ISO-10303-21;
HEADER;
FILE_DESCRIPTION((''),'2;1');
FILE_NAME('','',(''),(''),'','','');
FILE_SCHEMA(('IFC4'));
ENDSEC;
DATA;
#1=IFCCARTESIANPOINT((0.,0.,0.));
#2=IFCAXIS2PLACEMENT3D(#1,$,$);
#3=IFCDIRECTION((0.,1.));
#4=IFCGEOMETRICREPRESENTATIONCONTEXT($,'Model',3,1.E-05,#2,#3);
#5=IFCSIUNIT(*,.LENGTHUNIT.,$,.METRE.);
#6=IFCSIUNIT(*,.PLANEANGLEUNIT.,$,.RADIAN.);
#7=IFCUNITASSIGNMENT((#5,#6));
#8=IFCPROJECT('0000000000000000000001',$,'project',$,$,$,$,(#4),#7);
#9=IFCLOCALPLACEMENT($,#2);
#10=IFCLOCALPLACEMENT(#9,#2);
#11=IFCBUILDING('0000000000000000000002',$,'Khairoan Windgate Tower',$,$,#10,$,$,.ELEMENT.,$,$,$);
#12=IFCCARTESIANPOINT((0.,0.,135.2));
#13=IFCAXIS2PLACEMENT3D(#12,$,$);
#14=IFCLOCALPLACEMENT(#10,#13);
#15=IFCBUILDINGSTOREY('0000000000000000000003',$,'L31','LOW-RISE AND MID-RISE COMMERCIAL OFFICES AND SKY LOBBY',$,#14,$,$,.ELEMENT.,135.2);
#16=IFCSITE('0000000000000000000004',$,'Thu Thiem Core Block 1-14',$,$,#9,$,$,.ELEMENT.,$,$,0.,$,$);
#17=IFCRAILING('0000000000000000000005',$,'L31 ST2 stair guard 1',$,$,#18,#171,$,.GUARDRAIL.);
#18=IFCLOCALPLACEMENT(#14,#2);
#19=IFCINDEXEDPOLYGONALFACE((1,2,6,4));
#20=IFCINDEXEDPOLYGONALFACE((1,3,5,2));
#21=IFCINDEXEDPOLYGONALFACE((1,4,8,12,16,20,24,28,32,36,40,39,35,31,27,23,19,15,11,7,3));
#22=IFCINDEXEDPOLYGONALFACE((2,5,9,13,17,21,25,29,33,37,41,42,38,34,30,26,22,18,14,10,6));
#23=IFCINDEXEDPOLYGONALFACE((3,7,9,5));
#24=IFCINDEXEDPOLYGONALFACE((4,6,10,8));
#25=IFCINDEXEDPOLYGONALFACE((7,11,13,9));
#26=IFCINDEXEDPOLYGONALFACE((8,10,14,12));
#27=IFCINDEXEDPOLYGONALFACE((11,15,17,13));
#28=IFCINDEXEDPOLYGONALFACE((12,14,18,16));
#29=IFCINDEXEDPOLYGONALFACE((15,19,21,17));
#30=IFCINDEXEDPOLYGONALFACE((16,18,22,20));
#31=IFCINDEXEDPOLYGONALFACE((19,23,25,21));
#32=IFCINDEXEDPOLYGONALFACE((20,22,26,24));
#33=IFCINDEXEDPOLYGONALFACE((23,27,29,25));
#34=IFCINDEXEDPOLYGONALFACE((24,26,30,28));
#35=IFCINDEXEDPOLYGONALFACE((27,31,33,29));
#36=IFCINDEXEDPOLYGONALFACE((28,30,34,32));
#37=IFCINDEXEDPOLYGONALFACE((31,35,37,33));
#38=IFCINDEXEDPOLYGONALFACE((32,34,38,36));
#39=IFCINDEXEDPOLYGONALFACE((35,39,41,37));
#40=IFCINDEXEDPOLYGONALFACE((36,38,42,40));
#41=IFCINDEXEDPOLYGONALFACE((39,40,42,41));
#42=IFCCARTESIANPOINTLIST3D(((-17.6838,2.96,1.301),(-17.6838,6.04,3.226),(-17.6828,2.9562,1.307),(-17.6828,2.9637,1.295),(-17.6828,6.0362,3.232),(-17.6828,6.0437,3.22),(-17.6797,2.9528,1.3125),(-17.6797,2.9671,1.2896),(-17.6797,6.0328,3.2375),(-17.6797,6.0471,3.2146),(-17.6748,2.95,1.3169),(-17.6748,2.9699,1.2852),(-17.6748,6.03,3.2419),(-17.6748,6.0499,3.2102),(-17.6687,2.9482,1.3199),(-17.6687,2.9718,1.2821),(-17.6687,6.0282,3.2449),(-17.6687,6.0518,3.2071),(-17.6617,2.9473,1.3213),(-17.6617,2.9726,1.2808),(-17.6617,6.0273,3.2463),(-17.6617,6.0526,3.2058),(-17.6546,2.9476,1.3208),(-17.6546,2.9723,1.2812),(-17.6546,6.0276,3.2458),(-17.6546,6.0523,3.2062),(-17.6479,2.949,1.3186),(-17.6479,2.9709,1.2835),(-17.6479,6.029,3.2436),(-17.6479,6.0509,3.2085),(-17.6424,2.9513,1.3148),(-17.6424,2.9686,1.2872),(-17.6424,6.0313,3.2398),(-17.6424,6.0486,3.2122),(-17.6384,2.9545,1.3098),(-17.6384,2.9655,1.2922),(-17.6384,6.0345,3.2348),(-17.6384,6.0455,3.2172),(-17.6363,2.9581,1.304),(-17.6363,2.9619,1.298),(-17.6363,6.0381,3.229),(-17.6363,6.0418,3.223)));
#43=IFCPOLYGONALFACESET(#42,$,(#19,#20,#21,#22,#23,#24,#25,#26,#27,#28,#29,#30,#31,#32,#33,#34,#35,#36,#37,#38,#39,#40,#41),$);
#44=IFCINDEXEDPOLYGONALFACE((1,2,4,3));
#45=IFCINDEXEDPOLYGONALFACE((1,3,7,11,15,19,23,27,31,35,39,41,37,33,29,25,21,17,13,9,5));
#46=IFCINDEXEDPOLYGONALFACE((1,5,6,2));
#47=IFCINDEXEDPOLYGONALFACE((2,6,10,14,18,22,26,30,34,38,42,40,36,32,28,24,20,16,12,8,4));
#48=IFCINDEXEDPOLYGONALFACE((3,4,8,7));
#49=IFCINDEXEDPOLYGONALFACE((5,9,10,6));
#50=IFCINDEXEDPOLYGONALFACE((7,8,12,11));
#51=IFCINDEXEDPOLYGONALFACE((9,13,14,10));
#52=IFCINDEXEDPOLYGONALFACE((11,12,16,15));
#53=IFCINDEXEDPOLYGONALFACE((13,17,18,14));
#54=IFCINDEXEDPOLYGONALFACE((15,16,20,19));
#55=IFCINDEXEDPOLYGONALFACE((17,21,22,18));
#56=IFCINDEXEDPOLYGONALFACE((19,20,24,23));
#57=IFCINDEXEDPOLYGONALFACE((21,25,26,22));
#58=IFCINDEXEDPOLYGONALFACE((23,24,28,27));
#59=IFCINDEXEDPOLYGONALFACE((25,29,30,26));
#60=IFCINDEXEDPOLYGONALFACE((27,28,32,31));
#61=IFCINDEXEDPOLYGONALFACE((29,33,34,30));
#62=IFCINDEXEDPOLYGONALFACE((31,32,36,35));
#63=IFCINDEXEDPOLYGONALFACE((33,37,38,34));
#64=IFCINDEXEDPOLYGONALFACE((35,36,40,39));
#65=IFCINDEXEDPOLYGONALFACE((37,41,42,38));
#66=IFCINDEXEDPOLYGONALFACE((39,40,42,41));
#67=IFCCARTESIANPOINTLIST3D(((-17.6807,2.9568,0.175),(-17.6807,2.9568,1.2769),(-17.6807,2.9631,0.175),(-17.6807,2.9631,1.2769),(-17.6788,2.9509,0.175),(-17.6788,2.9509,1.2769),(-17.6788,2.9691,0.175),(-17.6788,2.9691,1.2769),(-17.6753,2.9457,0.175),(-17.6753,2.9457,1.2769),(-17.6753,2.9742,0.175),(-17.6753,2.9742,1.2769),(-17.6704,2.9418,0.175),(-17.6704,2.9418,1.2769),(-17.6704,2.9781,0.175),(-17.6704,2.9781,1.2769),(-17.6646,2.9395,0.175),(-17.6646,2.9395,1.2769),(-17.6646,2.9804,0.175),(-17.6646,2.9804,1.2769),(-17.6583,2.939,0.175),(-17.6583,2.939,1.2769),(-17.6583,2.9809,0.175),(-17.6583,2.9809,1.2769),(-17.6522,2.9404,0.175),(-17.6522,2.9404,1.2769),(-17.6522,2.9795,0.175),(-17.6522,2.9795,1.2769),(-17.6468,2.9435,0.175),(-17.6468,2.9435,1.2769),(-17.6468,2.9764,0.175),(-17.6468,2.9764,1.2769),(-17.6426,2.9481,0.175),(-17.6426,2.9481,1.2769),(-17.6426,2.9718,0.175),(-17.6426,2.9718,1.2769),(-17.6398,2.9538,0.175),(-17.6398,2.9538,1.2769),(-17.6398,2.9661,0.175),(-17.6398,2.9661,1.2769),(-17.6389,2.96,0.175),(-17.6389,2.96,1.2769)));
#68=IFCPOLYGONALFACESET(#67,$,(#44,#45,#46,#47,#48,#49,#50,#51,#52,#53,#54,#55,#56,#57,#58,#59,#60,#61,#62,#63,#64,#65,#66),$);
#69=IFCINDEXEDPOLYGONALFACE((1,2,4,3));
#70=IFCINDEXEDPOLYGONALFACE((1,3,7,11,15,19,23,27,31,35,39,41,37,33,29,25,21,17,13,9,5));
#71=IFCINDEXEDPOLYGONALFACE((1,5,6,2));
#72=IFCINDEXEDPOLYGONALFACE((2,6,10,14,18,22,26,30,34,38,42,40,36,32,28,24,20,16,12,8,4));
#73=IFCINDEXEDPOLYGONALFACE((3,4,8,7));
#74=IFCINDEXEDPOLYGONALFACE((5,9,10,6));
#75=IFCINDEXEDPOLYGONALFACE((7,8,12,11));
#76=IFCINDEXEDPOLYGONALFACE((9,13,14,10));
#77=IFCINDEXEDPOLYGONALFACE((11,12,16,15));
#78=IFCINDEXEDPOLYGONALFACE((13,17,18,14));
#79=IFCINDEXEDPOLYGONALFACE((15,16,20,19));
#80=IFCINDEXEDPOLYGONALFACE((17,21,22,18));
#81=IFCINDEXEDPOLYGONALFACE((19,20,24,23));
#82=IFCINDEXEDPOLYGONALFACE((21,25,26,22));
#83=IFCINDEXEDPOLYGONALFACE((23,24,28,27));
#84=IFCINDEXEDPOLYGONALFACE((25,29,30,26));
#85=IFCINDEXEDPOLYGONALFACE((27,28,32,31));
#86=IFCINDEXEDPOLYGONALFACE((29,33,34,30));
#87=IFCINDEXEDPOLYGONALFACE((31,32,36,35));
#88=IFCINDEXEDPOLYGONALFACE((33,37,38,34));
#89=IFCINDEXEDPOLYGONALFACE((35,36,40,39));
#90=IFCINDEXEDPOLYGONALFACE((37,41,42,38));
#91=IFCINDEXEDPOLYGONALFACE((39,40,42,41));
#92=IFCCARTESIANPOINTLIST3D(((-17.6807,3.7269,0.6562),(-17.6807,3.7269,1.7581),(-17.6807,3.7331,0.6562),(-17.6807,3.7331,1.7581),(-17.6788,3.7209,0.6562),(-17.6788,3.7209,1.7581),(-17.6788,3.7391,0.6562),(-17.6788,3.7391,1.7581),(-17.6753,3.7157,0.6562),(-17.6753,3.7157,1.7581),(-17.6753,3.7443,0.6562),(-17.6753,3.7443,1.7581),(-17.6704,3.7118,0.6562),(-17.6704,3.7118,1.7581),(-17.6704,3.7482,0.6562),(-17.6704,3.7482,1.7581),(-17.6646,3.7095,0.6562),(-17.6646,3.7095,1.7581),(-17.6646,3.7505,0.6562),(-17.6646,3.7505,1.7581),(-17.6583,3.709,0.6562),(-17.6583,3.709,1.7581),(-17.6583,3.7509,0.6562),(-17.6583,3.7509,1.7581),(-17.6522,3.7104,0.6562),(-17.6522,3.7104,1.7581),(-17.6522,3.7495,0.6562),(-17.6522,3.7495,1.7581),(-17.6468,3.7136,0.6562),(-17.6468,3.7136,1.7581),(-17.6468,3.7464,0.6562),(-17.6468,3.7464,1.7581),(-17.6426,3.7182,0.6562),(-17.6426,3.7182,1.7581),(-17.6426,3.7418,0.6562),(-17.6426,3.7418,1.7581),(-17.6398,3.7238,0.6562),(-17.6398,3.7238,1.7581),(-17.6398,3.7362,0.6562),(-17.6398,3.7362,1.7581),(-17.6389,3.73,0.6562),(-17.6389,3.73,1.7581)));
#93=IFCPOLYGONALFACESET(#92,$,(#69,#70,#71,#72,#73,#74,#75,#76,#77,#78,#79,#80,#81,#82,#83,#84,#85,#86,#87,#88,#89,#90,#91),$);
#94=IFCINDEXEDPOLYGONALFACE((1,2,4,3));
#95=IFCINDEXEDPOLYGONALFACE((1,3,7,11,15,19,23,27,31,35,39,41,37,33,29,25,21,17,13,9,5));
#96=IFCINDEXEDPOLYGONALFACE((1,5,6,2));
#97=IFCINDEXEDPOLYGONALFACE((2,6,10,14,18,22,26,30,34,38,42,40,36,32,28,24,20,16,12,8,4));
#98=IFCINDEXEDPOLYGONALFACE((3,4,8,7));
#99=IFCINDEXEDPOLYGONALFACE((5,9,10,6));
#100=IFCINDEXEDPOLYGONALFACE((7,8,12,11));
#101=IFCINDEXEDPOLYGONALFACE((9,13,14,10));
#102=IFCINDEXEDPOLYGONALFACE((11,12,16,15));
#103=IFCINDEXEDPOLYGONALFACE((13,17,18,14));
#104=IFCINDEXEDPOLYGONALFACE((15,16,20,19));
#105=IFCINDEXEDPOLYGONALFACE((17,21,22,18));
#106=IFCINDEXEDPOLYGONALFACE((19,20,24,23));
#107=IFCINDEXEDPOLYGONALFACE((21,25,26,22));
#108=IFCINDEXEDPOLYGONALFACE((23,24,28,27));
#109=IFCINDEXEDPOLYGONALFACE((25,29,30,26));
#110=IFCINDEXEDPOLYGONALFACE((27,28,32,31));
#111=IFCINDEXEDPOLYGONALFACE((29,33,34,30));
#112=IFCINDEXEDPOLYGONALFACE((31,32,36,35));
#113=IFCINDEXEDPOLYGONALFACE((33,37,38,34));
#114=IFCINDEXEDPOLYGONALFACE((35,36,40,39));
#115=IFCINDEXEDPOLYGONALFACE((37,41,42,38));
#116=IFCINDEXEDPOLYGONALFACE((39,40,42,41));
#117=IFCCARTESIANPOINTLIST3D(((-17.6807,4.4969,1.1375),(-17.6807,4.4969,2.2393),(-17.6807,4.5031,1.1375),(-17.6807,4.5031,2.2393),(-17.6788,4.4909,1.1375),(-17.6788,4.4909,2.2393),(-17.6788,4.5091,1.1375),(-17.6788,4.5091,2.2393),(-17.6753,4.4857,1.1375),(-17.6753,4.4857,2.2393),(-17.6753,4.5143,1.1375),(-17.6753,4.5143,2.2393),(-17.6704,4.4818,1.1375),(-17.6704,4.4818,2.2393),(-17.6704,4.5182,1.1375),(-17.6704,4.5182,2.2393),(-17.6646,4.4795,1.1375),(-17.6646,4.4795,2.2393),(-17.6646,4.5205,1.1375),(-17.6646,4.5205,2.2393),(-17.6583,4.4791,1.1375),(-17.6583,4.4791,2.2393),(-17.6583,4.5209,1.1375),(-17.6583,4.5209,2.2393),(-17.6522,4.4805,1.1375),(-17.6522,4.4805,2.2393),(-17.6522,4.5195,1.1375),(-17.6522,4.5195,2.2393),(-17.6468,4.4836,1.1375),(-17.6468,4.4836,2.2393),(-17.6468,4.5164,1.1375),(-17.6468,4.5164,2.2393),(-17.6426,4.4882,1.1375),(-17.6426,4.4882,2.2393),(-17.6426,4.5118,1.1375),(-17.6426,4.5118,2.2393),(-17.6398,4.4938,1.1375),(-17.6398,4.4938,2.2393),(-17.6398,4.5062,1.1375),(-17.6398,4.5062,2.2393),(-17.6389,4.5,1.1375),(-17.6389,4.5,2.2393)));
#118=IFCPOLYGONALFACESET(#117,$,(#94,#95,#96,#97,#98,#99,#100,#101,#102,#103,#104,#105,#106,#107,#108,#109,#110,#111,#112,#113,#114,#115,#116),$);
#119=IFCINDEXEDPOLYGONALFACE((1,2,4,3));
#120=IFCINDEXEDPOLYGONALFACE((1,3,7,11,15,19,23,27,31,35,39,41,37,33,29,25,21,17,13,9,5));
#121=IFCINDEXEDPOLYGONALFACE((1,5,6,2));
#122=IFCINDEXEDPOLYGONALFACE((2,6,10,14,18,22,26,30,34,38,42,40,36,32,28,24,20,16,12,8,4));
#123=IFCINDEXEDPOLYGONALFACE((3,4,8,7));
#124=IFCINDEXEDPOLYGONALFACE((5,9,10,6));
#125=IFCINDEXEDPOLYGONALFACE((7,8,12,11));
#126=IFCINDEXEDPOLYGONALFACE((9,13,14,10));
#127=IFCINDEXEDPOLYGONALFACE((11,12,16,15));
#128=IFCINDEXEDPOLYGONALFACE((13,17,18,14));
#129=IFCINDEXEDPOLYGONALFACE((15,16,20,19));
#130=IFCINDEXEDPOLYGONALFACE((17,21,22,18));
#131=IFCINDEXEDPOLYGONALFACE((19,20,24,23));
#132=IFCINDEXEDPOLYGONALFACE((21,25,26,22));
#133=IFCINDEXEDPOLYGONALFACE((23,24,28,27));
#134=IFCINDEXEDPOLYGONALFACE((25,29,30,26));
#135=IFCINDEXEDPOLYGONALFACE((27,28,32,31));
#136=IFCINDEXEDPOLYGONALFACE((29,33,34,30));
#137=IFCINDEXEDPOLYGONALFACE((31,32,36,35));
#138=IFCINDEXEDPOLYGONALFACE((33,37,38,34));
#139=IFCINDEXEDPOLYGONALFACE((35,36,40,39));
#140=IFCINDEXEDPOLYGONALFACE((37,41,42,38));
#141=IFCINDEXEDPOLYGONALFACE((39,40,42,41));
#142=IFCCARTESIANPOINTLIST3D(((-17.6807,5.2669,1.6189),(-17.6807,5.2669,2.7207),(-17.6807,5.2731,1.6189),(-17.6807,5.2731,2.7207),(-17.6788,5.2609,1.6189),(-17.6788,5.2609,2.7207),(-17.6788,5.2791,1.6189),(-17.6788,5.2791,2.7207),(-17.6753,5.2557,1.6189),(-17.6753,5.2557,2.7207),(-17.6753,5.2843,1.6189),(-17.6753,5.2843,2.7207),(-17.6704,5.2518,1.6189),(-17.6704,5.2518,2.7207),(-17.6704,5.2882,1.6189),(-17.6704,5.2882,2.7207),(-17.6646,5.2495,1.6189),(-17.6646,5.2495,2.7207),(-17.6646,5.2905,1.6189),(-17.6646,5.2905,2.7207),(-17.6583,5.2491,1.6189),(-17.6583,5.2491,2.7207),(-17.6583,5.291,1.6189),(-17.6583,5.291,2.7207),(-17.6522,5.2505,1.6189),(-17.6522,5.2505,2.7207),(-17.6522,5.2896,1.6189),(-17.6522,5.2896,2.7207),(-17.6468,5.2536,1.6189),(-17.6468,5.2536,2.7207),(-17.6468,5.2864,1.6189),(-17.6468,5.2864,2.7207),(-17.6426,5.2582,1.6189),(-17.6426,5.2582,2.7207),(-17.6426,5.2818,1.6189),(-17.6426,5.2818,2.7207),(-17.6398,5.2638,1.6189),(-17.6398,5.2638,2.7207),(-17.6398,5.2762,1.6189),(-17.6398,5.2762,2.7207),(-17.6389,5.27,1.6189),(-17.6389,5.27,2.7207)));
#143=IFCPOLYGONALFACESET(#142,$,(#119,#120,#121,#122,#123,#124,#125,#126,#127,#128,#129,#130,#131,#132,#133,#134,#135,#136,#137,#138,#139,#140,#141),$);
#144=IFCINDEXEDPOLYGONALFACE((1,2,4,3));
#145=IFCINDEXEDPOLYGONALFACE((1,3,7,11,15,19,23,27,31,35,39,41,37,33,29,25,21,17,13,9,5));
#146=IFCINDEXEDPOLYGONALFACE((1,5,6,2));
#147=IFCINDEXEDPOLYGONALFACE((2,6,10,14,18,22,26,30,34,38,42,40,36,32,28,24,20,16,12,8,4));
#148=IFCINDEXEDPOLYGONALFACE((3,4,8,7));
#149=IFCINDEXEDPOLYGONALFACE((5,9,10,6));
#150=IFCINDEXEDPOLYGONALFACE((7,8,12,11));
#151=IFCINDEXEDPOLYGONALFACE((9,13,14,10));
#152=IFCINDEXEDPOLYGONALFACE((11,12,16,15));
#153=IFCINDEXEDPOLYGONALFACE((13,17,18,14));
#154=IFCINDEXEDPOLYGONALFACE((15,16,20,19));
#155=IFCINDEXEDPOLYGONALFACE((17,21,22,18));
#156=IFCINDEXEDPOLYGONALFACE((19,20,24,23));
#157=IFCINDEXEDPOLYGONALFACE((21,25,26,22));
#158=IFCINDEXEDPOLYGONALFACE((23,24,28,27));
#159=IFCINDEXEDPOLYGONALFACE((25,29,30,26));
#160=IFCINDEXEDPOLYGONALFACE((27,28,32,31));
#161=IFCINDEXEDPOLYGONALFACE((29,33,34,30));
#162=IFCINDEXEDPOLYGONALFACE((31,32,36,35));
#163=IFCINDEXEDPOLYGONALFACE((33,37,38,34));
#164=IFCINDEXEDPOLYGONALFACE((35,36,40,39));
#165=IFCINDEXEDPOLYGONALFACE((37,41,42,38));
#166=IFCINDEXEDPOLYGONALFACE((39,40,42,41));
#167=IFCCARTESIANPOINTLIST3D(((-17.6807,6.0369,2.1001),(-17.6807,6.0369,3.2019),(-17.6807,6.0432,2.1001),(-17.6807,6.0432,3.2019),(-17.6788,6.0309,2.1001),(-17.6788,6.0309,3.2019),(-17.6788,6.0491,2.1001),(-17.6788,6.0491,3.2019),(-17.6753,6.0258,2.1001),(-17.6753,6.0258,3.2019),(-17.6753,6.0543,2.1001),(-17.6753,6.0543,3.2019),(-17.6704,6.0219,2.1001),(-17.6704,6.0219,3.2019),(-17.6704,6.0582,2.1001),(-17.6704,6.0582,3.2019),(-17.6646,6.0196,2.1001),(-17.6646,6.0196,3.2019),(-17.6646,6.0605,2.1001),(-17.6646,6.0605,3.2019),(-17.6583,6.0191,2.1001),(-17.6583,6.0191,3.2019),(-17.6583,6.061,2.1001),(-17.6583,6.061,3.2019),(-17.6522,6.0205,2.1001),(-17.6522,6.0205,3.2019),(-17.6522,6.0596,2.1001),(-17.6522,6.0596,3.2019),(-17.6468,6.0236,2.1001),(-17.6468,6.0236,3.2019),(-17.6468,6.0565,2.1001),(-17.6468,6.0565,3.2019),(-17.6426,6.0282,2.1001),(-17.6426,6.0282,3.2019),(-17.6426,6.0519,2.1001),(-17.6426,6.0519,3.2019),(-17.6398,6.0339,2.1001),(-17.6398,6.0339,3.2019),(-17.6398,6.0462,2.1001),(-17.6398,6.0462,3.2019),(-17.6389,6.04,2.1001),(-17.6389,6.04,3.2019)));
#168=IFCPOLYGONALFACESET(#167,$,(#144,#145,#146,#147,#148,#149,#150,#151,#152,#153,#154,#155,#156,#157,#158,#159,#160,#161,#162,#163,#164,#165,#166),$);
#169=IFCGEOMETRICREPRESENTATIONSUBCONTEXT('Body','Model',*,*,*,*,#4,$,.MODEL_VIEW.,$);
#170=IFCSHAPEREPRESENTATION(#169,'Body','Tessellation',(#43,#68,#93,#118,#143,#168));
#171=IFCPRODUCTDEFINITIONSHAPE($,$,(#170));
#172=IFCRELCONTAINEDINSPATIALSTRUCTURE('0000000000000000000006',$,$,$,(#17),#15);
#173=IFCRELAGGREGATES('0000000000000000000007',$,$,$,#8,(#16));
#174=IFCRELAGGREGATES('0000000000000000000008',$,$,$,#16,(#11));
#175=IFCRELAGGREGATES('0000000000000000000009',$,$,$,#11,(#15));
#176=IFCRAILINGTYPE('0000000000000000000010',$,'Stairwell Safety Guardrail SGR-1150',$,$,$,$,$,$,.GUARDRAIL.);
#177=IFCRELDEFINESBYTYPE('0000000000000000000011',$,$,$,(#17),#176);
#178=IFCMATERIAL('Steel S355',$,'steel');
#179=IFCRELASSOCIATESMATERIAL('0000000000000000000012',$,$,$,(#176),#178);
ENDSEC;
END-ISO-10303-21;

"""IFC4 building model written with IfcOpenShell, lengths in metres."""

from ifc_helpers import new_model, si_unit, direction, frame, origin, origin_2d, place, context, subcontext, project, spatial, circle, extrude, material, type_object, element, save


model = new_model("IFC4")

# Units and contexts
model_context = context("Model", 3, precision=1e-05, world=origin(), true_north=direction((0.0, 1.0)))
body_context = subcontext(model_context, "Body", "Model", "MODEL_VIEW")
ifc_project = project(units=[si_unit("LENGTHUNIT", "METRE"), si_unit("PLANEANGLEUNIT", "RADIAN")], contexts=[model_context])

# Site, building, storey
site_placement = place(None, origin())
site = spatial("IfcSite", under=ifc_project, at=site_placement, Name="Thu Thiem Core Block 1-14", CompositionType="ELEMENT", RefElevation=0.0)
building_placement = place(site_placement, origin())
building = spatial("IfcBuilding", under=site, at=building_placement, Name="Khairoan Windgate Tower", CompositionType="ELEMENT")
storey_placement = place(building_placement, frame((0.0, 0.0, 135.2)))
storey = spatial("IfcBuildingStorey", under=building, at=storey_placement, Name="L31", Description="LOW-RISE AND MID-RISE COMMERCIAL OFFICES AND SKY LOBBY", CompositionType="ELEMENT", Elevation=135.2)

# Railing
ifc_material_1 = material(Name="Steel S355", Category="steel")
railing_type_1 = type_object("IfcRailingType", Name="Stairwell Safety Guardrail SGR-1150", PredefinedType="GUARDRAIL", material=ifc_material_1)
railing_1_placement = place(storey_placement, frame((-17.6599, 2.96, 0.175)))
element("IfcRailing", 1, at=railing_1_placement, inside=storey, type_object=railing_type_1, Name="L31 ST2 stair guard 1", PredefinedType="GUARDRAIL", context=body_context, shape_type="SweptSolid", body=[
    extrude(circle(Radius=0.0239, at=origin_2d()), frame((0.0, 0.0, 1.126), z_axis=(0.0, 0.847998, 0.529999), x_axis=(-1.0, 0.0, 0.0)), (0.0, 0.0, 1.0), 3.6321),
    extrude(circle(Radius=0.021, at=origin_2d()), origin(), (0.0, 0.0, 1.0), 1.1018),
    extrude(circle(Radius=0.021, at=origin_2d()), frame((0.0, 0.77, 0.4812)), (0.0, 0.0, 1.0), 1.1018),
    extrude(circle(Radius=0.021, at=origin_2d()), frame((0.0, 1.54, 0.9624)), (0.0, 0.0, 1.0), 1.1018),
    extrude(circle(Radius=0.021, at=origin_2d()), frame((0.0, 2.3101, 1.4438)), (0.0, 0.0, 1.0), 1.1018),
    extrude(circle(Radius=0.021, at=origin_2d()), frame((0.0, 3.0801, 1.925)), (0.0, 0.0, 1.0), 1.1018),
])

save(model, "model.ifc")
